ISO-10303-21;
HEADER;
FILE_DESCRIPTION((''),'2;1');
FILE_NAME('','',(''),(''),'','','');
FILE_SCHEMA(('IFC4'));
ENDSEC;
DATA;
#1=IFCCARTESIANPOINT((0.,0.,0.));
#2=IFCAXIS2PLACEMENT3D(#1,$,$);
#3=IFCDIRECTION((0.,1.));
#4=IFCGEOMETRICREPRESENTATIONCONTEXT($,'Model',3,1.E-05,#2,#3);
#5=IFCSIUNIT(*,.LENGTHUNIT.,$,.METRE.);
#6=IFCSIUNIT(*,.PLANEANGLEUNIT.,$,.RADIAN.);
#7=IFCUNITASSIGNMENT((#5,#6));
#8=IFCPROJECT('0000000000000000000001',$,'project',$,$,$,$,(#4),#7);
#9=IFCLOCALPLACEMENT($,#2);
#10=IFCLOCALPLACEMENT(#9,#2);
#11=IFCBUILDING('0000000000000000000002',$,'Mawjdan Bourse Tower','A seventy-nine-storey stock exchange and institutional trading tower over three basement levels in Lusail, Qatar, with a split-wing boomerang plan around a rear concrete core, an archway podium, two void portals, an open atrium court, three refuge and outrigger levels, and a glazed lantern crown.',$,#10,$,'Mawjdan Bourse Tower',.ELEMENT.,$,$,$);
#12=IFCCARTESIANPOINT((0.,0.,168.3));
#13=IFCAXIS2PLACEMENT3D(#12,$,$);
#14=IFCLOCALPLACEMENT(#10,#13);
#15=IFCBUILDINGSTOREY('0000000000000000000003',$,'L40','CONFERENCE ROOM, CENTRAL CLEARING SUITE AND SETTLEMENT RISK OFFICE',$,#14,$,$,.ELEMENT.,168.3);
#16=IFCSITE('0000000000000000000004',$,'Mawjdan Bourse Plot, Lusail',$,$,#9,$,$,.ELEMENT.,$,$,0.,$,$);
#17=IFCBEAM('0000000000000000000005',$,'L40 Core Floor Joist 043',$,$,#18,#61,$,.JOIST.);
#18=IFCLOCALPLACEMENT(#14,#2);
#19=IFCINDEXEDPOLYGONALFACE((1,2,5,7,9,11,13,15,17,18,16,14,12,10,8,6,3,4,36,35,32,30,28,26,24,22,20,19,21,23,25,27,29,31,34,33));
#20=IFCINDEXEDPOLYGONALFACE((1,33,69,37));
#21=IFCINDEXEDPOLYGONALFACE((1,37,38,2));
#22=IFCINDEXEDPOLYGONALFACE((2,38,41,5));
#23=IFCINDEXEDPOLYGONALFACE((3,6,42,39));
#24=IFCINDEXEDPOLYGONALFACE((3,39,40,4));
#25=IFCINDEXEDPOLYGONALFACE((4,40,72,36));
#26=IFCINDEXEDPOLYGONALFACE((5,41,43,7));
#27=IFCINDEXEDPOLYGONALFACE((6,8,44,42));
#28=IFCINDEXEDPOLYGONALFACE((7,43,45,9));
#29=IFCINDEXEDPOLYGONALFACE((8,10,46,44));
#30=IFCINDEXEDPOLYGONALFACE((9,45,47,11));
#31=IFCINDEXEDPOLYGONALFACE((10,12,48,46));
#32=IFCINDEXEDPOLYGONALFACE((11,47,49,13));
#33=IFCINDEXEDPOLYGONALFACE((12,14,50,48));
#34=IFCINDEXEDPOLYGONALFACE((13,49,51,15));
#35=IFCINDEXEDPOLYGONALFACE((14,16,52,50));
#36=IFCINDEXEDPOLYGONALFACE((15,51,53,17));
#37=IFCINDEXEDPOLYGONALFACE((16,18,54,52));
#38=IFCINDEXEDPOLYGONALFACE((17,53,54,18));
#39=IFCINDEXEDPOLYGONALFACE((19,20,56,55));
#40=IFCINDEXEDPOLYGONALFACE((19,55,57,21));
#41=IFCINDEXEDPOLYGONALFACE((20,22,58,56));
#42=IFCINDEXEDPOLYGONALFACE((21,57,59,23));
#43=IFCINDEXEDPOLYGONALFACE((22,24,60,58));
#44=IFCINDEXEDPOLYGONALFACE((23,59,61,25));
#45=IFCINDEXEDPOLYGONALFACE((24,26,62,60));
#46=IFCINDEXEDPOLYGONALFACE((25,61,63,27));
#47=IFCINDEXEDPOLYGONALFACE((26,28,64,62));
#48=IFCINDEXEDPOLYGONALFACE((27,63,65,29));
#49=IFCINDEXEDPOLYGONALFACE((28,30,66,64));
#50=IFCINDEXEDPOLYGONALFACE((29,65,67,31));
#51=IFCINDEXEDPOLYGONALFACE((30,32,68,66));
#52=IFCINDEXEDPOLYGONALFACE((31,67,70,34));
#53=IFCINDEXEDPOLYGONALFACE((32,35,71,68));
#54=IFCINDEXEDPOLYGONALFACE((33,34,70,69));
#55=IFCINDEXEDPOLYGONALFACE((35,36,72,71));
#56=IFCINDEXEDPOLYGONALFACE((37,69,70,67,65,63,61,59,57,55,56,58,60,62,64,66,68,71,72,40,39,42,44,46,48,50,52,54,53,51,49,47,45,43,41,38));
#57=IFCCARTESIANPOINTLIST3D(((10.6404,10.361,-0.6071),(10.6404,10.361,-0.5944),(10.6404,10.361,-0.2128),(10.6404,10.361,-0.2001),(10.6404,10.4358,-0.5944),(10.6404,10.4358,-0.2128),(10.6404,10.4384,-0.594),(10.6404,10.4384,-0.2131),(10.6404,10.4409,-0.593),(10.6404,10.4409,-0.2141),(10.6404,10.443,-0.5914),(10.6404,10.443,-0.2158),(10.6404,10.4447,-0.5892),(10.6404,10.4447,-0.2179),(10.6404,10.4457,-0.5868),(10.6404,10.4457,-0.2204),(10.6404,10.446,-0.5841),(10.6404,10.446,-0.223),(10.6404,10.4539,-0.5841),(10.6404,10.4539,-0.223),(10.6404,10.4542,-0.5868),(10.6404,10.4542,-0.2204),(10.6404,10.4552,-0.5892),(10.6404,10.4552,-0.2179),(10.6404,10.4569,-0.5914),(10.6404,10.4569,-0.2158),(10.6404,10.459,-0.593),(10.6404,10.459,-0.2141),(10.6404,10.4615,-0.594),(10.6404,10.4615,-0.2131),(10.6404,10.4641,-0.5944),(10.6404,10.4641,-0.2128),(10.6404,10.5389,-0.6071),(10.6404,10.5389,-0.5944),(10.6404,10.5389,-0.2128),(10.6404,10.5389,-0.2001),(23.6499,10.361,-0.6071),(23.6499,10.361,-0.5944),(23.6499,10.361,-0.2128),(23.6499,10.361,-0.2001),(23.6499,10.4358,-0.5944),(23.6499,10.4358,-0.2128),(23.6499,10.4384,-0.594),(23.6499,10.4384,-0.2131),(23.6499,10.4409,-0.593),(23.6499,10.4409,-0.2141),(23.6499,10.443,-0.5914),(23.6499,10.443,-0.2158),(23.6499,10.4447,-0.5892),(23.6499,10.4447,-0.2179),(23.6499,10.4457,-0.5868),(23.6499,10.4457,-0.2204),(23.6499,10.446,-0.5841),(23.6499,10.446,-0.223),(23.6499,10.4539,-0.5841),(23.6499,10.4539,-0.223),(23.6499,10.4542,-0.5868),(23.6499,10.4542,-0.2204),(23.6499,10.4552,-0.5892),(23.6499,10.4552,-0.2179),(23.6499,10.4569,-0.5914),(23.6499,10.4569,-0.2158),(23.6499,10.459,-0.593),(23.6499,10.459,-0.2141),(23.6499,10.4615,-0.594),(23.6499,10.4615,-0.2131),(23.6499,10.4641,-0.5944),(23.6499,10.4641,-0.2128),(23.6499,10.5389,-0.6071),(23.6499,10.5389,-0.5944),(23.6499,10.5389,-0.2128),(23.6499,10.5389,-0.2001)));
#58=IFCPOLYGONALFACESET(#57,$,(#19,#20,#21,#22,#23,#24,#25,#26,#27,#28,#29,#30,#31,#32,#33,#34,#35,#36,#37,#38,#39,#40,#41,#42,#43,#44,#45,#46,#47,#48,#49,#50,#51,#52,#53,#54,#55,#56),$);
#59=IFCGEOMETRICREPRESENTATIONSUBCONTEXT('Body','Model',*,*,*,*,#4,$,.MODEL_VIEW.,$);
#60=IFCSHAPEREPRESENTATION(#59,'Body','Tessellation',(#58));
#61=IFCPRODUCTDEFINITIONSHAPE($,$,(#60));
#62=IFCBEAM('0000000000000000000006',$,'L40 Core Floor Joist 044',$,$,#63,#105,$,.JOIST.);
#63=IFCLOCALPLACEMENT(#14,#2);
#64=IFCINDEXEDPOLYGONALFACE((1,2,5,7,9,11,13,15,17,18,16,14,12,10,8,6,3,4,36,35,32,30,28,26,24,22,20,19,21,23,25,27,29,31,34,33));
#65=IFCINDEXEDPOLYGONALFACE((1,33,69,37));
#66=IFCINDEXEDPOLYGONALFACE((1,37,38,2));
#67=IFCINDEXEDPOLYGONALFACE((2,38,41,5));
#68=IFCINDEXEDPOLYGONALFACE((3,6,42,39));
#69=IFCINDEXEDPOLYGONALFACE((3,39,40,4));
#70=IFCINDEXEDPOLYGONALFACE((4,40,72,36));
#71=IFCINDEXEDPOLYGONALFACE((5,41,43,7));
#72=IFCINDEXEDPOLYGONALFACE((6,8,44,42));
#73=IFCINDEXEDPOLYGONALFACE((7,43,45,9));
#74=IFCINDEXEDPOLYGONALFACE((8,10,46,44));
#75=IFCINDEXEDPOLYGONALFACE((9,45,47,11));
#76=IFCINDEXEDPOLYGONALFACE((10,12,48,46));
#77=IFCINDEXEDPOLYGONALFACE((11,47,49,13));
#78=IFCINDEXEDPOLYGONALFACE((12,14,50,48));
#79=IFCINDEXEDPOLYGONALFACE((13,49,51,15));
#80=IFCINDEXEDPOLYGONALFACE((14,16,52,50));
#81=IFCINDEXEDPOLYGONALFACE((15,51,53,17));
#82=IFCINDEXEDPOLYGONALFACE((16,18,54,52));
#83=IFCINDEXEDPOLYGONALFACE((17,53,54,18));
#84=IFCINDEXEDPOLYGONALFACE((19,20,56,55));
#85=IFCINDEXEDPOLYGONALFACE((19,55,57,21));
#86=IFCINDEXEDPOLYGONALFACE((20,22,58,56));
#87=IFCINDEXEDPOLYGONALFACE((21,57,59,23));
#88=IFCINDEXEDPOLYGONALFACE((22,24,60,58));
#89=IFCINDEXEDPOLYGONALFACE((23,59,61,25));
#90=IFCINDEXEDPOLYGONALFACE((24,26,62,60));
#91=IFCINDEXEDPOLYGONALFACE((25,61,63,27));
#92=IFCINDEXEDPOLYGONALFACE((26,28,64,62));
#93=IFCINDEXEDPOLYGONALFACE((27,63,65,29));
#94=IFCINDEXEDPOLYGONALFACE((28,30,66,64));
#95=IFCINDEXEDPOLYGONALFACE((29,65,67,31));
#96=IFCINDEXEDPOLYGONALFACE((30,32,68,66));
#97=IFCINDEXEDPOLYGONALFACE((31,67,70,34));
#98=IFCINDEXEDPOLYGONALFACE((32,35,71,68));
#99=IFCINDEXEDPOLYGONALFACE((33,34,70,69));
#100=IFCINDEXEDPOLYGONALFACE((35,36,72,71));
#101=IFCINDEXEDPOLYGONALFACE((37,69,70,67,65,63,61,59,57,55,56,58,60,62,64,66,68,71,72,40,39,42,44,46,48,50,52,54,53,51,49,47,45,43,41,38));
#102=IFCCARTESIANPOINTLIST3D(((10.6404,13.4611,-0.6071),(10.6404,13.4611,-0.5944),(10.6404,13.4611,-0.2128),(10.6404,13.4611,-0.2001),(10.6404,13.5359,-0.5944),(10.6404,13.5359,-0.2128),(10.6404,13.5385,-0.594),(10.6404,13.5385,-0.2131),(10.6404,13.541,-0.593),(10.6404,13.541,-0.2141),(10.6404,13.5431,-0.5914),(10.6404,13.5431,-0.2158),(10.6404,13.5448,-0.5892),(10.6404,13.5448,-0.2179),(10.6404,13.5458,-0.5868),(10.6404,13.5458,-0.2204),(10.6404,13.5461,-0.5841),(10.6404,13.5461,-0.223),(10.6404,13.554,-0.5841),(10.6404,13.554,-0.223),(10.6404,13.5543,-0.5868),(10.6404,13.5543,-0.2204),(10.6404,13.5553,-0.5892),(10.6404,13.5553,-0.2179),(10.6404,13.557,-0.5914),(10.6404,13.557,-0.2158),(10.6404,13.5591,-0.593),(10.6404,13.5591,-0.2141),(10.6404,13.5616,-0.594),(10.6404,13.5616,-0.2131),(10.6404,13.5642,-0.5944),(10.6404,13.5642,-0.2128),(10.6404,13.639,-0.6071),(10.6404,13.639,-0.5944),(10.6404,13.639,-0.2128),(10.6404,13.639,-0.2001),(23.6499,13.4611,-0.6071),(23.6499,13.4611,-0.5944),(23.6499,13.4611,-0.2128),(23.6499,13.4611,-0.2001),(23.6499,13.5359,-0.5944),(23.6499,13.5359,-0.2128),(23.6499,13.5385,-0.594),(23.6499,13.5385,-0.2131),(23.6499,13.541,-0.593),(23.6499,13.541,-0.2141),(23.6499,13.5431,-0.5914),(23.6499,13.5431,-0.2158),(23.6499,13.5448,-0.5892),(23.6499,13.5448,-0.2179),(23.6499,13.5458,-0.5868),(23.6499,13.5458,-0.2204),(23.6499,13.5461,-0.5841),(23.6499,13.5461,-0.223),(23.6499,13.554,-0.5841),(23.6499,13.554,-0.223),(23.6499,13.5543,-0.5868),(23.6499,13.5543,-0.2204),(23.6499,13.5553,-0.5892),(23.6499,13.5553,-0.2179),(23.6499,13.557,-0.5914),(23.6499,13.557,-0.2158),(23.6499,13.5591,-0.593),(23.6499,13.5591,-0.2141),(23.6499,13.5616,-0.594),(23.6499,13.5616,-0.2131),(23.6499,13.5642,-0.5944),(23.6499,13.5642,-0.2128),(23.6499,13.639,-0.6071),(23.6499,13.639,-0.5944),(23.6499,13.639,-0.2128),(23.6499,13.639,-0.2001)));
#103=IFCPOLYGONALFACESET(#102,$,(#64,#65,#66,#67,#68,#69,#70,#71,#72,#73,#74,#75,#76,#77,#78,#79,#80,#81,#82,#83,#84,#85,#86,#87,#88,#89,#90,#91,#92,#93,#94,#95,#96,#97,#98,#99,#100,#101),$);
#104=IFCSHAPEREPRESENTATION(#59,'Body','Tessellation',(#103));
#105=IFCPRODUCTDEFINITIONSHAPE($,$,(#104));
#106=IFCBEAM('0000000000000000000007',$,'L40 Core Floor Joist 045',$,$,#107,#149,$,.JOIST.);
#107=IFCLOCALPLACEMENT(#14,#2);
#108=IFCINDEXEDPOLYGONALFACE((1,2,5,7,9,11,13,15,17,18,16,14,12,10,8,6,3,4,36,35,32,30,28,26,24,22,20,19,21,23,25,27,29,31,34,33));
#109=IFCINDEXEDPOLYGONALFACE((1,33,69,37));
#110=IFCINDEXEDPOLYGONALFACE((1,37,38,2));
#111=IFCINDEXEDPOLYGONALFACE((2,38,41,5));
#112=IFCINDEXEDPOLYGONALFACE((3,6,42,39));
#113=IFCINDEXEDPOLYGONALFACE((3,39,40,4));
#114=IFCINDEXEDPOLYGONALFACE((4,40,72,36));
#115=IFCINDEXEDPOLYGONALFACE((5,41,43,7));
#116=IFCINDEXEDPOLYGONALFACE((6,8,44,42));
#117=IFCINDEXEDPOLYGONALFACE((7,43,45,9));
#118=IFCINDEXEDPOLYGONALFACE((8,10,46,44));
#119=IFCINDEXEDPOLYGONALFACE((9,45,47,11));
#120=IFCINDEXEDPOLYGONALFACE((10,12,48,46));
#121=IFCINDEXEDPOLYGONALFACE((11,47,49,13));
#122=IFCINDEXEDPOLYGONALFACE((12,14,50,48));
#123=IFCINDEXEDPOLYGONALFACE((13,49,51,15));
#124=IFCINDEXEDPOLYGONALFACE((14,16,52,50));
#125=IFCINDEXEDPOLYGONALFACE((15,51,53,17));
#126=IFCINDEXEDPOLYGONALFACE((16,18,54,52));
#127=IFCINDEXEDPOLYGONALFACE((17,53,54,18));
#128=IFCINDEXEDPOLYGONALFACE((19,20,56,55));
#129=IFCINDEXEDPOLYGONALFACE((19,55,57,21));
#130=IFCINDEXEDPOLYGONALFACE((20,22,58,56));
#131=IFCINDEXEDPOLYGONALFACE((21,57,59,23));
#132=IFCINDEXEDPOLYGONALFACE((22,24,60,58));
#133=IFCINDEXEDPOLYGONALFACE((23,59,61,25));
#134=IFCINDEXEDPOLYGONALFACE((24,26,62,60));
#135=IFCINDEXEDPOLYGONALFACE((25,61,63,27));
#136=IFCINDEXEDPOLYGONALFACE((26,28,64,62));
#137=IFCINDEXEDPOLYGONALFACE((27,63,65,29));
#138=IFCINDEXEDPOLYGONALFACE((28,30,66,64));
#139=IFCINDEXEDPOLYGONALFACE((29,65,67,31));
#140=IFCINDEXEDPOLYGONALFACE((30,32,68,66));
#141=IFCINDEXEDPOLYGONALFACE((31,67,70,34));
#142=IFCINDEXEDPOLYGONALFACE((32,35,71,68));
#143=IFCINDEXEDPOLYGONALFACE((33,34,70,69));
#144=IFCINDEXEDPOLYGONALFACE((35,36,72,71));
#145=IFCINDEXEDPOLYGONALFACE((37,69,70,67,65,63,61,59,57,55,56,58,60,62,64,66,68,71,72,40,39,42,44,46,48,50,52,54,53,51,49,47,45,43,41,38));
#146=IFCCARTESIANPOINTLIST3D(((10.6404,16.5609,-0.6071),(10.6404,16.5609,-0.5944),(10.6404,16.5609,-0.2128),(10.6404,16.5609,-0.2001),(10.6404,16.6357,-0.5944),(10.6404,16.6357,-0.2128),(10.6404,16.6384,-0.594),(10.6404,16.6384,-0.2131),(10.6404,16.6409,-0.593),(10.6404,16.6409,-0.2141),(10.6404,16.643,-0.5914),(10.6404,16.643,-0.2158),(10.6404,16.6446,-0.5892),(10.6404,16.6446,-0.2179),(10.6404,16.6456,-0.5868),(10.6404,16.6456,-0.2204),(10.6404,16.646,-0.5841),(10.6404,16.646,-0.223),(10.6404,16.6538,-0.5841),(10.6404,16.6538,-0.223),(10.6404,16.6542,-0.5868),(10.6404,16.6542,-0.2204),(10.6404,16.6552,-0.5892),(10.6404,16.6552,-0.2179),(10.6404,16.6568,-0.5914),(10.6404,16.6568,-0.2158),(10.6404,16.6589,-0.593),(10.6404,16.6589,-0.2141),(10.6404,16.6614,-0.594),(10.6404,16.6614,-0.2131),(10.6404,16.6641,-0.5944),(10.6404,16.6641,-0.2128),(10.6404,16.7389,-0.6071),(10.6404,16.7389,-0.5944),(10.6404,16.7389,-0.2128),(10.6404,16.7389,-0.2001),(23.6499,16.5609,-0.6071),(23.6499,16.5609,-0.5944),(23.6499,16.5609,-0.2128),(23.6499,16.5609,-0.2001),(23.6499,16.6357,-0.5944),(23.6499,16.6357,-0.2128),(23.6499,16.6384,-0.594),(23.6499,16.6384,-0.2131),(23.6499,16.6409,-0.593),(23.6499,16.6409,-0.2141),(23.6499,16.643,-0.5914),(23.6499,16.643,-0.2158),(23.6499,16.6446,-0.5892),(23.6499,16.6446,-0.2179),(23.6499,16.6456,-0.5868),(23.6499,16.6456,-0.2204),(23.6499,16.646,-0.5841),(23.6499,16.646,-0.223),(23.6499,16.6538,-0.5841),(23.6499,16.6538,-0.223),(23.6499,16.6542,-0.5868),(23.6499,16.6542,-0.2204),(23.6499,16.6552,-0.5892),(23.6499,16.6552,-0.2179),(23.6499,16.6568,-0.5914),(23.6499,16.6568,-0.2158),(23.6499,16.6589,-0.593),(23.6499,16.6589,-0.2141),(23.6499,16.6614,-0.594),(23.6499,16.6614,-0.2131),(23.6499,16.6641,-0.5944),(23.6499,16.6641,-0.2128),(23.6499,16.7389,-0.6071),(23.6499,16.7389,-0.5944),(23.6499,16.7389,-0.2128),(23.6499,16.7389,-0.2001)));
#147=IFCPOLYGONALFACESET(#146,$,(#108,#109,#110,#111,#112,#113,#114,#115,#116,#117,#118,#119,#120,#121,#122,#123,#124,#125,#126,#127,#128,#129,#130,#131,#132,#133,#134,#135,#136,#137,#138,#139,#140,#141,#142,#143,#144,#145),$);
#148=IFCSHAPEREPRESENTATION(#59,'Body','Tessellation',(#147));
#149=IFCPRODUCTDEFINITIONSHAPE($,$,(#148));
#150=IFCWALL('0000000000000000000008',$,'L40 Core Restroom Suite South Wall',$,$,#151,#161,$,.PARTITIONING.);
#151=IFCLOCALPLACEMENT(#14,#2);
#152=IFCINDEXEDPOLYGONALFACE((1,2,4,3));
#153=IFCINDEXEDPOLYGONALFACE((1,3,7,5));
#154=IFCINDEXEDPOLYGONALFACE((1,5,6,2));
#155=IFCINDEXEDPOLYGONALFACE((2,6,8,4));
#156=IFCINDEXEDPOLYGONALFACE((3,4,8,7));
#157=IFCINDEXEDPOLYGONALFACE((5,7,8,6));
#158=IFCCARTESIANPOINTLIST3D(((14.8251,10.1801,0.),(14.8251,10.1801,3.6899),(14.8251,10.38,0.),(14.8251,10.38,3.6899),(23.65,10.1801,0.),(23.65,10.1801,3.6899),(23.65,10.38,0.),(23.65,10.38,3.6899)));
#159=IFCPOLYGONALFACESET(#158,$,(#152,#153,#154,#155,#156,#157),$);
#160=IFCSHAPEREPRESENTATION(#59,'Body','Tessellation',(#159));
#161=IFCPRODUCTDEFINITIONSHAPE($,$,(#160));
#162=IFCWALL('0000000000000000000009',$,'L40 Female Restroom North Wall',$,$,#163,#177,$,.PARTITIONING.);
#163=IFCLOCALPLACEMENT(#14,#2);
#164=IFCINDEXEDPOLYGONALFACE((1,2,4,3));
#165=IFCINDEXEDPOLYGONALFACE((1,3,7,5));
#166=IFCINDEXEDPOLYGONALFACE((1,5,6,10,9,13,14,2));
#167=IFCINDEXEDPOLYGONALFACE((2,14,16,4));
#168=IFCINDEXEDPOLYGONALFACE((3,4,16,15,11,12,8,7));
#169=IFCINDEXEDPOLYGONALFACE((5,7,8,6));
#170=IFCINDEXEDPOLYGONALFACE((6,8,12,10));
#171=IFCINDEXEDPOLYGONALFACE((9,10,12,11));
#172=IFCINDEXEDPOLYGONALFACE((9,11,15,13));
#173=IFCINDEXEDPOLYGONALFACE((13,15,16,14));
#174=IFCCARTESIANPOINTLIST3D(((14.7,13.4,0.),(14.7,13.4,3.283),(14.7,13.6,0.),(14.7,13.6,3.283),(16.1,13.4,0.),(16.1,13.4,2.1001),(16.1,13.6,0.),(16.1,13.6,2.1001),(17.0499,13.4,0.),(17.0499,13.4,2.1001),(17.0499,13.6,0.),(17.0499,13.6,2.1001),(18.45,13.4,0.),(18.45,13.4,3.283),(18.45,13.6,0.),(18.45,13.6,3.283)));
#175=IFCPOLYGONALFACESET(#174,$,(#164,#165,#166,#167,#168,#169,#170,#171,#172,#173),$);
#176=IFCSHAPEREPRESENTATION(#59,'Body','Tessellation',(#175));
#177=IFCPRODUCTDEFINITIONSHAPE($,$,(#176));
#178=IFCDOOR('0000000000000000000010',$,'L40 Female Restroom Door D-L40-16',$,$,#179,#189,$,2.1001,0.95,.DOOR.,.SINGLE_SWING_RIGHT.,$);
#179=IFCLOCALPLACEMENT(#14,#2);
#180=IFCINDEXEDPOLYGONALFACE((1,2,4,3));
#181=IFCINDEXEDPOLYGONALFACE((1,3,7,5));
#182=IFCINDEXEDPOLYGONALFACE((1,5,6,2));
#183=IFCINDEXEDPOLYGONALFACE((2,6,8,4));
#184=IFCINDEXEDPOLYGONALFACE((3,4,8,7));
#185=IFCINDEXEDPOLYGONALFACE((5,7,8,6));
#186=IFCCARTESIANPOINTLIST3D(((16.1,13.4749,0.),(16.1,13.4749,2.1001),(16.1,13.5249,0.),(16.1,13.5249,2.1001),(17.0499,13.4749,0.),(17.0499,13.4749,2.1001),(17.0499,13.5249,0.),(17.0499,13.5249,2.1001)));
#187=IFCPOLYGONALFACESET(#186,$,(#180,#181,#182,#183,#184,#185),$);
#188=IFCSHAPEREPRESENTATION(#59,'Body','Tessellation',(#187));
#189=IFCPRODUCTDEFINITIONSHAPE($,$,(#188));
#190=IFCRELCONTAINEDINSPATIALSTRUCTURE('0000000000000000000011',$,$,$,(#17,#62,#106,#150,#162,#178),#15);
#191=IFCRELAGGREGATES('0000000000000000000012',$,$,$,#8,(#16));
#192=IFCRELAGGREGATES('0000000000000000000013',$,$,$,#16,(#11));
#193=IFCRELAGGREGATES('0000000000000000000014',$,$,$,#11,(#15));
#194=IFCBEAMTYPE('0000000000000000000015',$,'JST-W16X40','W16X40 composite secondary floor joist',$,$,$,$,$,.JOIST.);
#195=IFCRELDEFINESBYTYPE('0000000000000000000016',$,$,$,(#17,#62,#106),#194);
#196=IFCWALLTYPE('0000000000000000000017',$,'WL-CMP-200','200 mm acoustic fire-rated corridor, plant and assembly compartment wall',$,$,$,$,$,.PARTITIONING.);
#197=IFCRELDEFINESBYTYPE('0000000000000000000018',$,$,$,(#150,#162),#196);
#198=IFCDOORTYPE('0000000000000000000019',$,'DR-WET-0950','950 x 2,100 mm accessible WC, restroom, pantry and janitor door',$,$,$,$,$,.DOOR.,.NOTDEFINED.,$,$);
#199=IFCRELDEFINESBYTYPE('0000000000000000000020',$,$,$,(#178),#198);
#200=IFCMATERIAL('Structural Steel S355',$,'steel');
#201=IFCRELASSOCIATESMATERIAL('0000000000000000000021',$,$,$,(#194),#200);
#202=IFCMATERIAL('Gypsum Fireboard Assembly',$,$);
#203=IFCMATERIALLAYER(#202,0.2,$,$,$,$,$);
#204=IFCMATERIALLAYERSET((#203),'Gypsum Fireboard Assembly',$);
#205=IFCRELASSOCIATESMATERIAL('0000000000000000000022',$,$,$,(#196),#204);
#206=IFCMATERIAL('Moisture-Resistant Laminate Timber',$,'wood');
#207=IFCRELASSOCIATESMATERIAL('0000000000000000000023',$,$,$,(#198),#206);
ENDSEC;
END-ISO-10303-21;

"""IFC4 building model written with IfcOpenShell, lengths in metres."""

from ifc_helpers import new_model, si_unit, direction, frame, frame_2d, origin, origin_2d, place, context, subcontext, project, spatial, rectangle, i_section, extrude, material, layer, layer_set, material_profile, profile_set, type_object, element, fill, save


model = new_model("IFC4")

# Units and contexts
model_context = context("Model", 3, precision=1e-05, world=origin(), true_north=direction((0.0, 1.0)))
body_context = subcontext(model_context, "Body", "Model", "MODEL_VIEW")
ifc_project = project(units=[si_unit("LENGTHUNIT", "METRE"), si_unit("PLANEANGLEUNIT", "RADIAN")], contexts=[model_context])

# Site, building, storey
site_placement = place(None, origin())
site = spatial("IfcSite", under=ifc_project, at=site_placement, Name="Mawjdan Bourse Plot, Lusail", CompositionType="ELEMENT", RefElevation=0.0)
building_placement = place(site_placement, origin())
building = spatial("IfcBuilding", under=site, at=building_placement, Name="Mawjdan Bourse Tower", Description="A seventy-nine-storey stock exchange and institutional trading tower over three basement levels in Lusail, Qatar, with a split-wing boomerang plan around a rear concrete core, an archway podium, two void portals, an open atrium court, three refuge and outrigger levels, and a glazed lantern crown.", LongName="Mawjdan Bourse Tower", CompositionType="ELEMENT")
storey_placement = place(building_placement, frame((0.0, 0.0, 168.3)))
storey = spatial("IfcBuildingStorey", under=building, at=storey_placement, Name="L40", Description="CONFERENCE ROOM, CENTRAL CLEARING SUITE AND SETTLEMENT RISK OFFICE", CompositionType="ELEMENT", Elevation=168.3)

# Beams
ifc_material_1 = material(Name="Structural Steel S355", Category="steel")
ifc_material_profile = material_profile(ifc_material_1, i_section(OverallWidth=0.178, OverallDepth=0.407, WebThickness=0.0078, FlangeThickness=0.0127, FilletRadius=0.0103, at=origin_2d()), Name="W16X40")
ifc_profile_set = profile_set([ifc_material_profile], Name="Structural Steel S355")
beam_type = type_object("IfcBeamType", Name="JST-W16X40", Description="W16X40 composite secondary floor joist", PredefinedType="JOIST", material=ifc_profile_set)
for number, where, z_axis, x_axis, name in (
    (1, (10.6404, 10.45, -0.4036), (1.0, 0.0, 0.0), (0.0, 1.0, 0.0), "L40 Core Floor Joist 043"),
    (2, (10.6404, 13.55, -0.4036), (1.0, 0.0, 0.0), (0.0, 1.0, 0.0), "L40 Core Floor Joist 044"),
    (3, (10.6404, 16.6499, -0.4036), (1.0, 0.0, 0.0), (0.0, 1.0, 0.0), "L40 Core Floor Joist 045"),
):
    element("IfcBeam", number, at=place(storey_placement, frame(where, z_axis=z_axis, x_axis=x_axis)), inside=storey, type_object=beam_type, Name=name, PredefinedType="JOIST", context=body_context, shape_type="SweptSolid", body=[
        extrude(i_section(OverallWidth=0.178, OverallDepth=0.407, WebThickness=0.0078, FlangeThickness=0.0127, FilletRadius=0.0103, at=origin_2d()), origin(), (0.0, 0.0, 1.0), 13.0095),
    ])

# Wall
ifc_material_2 = material(Name="Gypsum Fireboard Assembly")
ifc_layer_1 = layer(ifc_material_2, 0.2)
ifc_layer_set_1 = layer_set([ifc_layer_1], Name="Gypsum Fireboard Assembly")
wall_type_1 = type_object("IfcWallType", Name="WL-CMP-200", Description="200 mm acoustic fire-rated corridor, plant and assembly compartment wall", PredefinedType="PARTITIONING", material=ifc_layer_set_1)
wall_1_placement = place(storey_placement, frame((14.825, 10.28, 0.0), z_axis=(0.0, 0.0, 1.0), x_axis=(1.0, 0.0, 0.0)))
element("IfcWall", 4, at=wall_1_placement, inside=storey, type_object=wall_type_1, Name="L40 Core Restroom Suite South Wall", PredefinedType="PARTITIONING", context=body_context, shape_type="SweptSolid", body=[
    extrude(rectangle(XDim=8.825, YDim=0.2, at=frame_2d((4.4126, 0.0))), origin(), (0.0, 0.0, 1.0), 3.6899),
])

# Wall, opening, door
wall_2_placement = place(storey_placement, frame((14.7, 13.5, 0.0), z_axis=(0.0, 0.0, 1.0), x_axis=(1.0, 0.0, 0.0)))
wall_2 = element("IfcWall", 5, at=wall_2_placement, inside=storey, type_object=wall_type_1, Name="L40 Female Restroom North Wall", PredefinedType="PARTITIONING", context=body_context, shape_type="SweptSolid", body=[
    extrude(rectangle(XDim=3.75, YDim=0.2, at=frame_2d((1.875, 0.0))), origin(), (0.0, 0.0, 1.0), 3.283),
])
opening_1_placement = place(wall_2_placement, frame((1.3999, 0.0, 0.0)))
opening_1 = element("IfcOpeningElement", 6, at=opening_1_placement, cuts=wall_2, PredefinedType="OPENING", context=body_context, shape_type="SweptSolid", body=[
    extrude(rectangle(XDim=0.95, YDim=2.1001, at=frame_2d((0.4751, 1.05))), frame((0.0, 0.1099, 0.0), z_axis=(0.0, -1.0, 0.0), x_axis=(1.0, 0.0, 0.0)), (0.0, 0.0, 1.0), 0.22),
])
ifc_material_3 = material(Name="Moisture-Resistant Laminate Timber", Category="wood")
door_type_1 = type_object("IfcDoorType", Name="DR-WET-0950", Description="950 x 2,100 mm accessible WC, restroom, pantry and janitor door", OperationType="NOTDEFINED", PredefinedType="DOOR", material=ifc_material_3)
door_1_placement = place(opening_1_placement, origin())
door_1 = element("IfcDoor", 7, at=door_1_placement, inside=storey, type_object=door_type_1, Name="L40 Female Restroom Door D-L40-16", OperationType="SINGLE_SWING_RIGHT", OverallHeight=2.1001, OverallWidth=0.95, PredefinedType="DOOR", context=body_context, shape_type="SweptSolid", body=[
    extrude(rectangle(XDim=0.95, YDim=2.1001, at=frame_2d((0.4751, 1.05))), frame((0.0, 0.0249, 0.0), z_axis=(0.0, -1.0, 0.0), x_axis=(1.0, 0.0, 0.0)), (0.0, 0.0, 1.0), 0.05),
])
fill(opening_1, door_1)

save(model, "model.ifc")
